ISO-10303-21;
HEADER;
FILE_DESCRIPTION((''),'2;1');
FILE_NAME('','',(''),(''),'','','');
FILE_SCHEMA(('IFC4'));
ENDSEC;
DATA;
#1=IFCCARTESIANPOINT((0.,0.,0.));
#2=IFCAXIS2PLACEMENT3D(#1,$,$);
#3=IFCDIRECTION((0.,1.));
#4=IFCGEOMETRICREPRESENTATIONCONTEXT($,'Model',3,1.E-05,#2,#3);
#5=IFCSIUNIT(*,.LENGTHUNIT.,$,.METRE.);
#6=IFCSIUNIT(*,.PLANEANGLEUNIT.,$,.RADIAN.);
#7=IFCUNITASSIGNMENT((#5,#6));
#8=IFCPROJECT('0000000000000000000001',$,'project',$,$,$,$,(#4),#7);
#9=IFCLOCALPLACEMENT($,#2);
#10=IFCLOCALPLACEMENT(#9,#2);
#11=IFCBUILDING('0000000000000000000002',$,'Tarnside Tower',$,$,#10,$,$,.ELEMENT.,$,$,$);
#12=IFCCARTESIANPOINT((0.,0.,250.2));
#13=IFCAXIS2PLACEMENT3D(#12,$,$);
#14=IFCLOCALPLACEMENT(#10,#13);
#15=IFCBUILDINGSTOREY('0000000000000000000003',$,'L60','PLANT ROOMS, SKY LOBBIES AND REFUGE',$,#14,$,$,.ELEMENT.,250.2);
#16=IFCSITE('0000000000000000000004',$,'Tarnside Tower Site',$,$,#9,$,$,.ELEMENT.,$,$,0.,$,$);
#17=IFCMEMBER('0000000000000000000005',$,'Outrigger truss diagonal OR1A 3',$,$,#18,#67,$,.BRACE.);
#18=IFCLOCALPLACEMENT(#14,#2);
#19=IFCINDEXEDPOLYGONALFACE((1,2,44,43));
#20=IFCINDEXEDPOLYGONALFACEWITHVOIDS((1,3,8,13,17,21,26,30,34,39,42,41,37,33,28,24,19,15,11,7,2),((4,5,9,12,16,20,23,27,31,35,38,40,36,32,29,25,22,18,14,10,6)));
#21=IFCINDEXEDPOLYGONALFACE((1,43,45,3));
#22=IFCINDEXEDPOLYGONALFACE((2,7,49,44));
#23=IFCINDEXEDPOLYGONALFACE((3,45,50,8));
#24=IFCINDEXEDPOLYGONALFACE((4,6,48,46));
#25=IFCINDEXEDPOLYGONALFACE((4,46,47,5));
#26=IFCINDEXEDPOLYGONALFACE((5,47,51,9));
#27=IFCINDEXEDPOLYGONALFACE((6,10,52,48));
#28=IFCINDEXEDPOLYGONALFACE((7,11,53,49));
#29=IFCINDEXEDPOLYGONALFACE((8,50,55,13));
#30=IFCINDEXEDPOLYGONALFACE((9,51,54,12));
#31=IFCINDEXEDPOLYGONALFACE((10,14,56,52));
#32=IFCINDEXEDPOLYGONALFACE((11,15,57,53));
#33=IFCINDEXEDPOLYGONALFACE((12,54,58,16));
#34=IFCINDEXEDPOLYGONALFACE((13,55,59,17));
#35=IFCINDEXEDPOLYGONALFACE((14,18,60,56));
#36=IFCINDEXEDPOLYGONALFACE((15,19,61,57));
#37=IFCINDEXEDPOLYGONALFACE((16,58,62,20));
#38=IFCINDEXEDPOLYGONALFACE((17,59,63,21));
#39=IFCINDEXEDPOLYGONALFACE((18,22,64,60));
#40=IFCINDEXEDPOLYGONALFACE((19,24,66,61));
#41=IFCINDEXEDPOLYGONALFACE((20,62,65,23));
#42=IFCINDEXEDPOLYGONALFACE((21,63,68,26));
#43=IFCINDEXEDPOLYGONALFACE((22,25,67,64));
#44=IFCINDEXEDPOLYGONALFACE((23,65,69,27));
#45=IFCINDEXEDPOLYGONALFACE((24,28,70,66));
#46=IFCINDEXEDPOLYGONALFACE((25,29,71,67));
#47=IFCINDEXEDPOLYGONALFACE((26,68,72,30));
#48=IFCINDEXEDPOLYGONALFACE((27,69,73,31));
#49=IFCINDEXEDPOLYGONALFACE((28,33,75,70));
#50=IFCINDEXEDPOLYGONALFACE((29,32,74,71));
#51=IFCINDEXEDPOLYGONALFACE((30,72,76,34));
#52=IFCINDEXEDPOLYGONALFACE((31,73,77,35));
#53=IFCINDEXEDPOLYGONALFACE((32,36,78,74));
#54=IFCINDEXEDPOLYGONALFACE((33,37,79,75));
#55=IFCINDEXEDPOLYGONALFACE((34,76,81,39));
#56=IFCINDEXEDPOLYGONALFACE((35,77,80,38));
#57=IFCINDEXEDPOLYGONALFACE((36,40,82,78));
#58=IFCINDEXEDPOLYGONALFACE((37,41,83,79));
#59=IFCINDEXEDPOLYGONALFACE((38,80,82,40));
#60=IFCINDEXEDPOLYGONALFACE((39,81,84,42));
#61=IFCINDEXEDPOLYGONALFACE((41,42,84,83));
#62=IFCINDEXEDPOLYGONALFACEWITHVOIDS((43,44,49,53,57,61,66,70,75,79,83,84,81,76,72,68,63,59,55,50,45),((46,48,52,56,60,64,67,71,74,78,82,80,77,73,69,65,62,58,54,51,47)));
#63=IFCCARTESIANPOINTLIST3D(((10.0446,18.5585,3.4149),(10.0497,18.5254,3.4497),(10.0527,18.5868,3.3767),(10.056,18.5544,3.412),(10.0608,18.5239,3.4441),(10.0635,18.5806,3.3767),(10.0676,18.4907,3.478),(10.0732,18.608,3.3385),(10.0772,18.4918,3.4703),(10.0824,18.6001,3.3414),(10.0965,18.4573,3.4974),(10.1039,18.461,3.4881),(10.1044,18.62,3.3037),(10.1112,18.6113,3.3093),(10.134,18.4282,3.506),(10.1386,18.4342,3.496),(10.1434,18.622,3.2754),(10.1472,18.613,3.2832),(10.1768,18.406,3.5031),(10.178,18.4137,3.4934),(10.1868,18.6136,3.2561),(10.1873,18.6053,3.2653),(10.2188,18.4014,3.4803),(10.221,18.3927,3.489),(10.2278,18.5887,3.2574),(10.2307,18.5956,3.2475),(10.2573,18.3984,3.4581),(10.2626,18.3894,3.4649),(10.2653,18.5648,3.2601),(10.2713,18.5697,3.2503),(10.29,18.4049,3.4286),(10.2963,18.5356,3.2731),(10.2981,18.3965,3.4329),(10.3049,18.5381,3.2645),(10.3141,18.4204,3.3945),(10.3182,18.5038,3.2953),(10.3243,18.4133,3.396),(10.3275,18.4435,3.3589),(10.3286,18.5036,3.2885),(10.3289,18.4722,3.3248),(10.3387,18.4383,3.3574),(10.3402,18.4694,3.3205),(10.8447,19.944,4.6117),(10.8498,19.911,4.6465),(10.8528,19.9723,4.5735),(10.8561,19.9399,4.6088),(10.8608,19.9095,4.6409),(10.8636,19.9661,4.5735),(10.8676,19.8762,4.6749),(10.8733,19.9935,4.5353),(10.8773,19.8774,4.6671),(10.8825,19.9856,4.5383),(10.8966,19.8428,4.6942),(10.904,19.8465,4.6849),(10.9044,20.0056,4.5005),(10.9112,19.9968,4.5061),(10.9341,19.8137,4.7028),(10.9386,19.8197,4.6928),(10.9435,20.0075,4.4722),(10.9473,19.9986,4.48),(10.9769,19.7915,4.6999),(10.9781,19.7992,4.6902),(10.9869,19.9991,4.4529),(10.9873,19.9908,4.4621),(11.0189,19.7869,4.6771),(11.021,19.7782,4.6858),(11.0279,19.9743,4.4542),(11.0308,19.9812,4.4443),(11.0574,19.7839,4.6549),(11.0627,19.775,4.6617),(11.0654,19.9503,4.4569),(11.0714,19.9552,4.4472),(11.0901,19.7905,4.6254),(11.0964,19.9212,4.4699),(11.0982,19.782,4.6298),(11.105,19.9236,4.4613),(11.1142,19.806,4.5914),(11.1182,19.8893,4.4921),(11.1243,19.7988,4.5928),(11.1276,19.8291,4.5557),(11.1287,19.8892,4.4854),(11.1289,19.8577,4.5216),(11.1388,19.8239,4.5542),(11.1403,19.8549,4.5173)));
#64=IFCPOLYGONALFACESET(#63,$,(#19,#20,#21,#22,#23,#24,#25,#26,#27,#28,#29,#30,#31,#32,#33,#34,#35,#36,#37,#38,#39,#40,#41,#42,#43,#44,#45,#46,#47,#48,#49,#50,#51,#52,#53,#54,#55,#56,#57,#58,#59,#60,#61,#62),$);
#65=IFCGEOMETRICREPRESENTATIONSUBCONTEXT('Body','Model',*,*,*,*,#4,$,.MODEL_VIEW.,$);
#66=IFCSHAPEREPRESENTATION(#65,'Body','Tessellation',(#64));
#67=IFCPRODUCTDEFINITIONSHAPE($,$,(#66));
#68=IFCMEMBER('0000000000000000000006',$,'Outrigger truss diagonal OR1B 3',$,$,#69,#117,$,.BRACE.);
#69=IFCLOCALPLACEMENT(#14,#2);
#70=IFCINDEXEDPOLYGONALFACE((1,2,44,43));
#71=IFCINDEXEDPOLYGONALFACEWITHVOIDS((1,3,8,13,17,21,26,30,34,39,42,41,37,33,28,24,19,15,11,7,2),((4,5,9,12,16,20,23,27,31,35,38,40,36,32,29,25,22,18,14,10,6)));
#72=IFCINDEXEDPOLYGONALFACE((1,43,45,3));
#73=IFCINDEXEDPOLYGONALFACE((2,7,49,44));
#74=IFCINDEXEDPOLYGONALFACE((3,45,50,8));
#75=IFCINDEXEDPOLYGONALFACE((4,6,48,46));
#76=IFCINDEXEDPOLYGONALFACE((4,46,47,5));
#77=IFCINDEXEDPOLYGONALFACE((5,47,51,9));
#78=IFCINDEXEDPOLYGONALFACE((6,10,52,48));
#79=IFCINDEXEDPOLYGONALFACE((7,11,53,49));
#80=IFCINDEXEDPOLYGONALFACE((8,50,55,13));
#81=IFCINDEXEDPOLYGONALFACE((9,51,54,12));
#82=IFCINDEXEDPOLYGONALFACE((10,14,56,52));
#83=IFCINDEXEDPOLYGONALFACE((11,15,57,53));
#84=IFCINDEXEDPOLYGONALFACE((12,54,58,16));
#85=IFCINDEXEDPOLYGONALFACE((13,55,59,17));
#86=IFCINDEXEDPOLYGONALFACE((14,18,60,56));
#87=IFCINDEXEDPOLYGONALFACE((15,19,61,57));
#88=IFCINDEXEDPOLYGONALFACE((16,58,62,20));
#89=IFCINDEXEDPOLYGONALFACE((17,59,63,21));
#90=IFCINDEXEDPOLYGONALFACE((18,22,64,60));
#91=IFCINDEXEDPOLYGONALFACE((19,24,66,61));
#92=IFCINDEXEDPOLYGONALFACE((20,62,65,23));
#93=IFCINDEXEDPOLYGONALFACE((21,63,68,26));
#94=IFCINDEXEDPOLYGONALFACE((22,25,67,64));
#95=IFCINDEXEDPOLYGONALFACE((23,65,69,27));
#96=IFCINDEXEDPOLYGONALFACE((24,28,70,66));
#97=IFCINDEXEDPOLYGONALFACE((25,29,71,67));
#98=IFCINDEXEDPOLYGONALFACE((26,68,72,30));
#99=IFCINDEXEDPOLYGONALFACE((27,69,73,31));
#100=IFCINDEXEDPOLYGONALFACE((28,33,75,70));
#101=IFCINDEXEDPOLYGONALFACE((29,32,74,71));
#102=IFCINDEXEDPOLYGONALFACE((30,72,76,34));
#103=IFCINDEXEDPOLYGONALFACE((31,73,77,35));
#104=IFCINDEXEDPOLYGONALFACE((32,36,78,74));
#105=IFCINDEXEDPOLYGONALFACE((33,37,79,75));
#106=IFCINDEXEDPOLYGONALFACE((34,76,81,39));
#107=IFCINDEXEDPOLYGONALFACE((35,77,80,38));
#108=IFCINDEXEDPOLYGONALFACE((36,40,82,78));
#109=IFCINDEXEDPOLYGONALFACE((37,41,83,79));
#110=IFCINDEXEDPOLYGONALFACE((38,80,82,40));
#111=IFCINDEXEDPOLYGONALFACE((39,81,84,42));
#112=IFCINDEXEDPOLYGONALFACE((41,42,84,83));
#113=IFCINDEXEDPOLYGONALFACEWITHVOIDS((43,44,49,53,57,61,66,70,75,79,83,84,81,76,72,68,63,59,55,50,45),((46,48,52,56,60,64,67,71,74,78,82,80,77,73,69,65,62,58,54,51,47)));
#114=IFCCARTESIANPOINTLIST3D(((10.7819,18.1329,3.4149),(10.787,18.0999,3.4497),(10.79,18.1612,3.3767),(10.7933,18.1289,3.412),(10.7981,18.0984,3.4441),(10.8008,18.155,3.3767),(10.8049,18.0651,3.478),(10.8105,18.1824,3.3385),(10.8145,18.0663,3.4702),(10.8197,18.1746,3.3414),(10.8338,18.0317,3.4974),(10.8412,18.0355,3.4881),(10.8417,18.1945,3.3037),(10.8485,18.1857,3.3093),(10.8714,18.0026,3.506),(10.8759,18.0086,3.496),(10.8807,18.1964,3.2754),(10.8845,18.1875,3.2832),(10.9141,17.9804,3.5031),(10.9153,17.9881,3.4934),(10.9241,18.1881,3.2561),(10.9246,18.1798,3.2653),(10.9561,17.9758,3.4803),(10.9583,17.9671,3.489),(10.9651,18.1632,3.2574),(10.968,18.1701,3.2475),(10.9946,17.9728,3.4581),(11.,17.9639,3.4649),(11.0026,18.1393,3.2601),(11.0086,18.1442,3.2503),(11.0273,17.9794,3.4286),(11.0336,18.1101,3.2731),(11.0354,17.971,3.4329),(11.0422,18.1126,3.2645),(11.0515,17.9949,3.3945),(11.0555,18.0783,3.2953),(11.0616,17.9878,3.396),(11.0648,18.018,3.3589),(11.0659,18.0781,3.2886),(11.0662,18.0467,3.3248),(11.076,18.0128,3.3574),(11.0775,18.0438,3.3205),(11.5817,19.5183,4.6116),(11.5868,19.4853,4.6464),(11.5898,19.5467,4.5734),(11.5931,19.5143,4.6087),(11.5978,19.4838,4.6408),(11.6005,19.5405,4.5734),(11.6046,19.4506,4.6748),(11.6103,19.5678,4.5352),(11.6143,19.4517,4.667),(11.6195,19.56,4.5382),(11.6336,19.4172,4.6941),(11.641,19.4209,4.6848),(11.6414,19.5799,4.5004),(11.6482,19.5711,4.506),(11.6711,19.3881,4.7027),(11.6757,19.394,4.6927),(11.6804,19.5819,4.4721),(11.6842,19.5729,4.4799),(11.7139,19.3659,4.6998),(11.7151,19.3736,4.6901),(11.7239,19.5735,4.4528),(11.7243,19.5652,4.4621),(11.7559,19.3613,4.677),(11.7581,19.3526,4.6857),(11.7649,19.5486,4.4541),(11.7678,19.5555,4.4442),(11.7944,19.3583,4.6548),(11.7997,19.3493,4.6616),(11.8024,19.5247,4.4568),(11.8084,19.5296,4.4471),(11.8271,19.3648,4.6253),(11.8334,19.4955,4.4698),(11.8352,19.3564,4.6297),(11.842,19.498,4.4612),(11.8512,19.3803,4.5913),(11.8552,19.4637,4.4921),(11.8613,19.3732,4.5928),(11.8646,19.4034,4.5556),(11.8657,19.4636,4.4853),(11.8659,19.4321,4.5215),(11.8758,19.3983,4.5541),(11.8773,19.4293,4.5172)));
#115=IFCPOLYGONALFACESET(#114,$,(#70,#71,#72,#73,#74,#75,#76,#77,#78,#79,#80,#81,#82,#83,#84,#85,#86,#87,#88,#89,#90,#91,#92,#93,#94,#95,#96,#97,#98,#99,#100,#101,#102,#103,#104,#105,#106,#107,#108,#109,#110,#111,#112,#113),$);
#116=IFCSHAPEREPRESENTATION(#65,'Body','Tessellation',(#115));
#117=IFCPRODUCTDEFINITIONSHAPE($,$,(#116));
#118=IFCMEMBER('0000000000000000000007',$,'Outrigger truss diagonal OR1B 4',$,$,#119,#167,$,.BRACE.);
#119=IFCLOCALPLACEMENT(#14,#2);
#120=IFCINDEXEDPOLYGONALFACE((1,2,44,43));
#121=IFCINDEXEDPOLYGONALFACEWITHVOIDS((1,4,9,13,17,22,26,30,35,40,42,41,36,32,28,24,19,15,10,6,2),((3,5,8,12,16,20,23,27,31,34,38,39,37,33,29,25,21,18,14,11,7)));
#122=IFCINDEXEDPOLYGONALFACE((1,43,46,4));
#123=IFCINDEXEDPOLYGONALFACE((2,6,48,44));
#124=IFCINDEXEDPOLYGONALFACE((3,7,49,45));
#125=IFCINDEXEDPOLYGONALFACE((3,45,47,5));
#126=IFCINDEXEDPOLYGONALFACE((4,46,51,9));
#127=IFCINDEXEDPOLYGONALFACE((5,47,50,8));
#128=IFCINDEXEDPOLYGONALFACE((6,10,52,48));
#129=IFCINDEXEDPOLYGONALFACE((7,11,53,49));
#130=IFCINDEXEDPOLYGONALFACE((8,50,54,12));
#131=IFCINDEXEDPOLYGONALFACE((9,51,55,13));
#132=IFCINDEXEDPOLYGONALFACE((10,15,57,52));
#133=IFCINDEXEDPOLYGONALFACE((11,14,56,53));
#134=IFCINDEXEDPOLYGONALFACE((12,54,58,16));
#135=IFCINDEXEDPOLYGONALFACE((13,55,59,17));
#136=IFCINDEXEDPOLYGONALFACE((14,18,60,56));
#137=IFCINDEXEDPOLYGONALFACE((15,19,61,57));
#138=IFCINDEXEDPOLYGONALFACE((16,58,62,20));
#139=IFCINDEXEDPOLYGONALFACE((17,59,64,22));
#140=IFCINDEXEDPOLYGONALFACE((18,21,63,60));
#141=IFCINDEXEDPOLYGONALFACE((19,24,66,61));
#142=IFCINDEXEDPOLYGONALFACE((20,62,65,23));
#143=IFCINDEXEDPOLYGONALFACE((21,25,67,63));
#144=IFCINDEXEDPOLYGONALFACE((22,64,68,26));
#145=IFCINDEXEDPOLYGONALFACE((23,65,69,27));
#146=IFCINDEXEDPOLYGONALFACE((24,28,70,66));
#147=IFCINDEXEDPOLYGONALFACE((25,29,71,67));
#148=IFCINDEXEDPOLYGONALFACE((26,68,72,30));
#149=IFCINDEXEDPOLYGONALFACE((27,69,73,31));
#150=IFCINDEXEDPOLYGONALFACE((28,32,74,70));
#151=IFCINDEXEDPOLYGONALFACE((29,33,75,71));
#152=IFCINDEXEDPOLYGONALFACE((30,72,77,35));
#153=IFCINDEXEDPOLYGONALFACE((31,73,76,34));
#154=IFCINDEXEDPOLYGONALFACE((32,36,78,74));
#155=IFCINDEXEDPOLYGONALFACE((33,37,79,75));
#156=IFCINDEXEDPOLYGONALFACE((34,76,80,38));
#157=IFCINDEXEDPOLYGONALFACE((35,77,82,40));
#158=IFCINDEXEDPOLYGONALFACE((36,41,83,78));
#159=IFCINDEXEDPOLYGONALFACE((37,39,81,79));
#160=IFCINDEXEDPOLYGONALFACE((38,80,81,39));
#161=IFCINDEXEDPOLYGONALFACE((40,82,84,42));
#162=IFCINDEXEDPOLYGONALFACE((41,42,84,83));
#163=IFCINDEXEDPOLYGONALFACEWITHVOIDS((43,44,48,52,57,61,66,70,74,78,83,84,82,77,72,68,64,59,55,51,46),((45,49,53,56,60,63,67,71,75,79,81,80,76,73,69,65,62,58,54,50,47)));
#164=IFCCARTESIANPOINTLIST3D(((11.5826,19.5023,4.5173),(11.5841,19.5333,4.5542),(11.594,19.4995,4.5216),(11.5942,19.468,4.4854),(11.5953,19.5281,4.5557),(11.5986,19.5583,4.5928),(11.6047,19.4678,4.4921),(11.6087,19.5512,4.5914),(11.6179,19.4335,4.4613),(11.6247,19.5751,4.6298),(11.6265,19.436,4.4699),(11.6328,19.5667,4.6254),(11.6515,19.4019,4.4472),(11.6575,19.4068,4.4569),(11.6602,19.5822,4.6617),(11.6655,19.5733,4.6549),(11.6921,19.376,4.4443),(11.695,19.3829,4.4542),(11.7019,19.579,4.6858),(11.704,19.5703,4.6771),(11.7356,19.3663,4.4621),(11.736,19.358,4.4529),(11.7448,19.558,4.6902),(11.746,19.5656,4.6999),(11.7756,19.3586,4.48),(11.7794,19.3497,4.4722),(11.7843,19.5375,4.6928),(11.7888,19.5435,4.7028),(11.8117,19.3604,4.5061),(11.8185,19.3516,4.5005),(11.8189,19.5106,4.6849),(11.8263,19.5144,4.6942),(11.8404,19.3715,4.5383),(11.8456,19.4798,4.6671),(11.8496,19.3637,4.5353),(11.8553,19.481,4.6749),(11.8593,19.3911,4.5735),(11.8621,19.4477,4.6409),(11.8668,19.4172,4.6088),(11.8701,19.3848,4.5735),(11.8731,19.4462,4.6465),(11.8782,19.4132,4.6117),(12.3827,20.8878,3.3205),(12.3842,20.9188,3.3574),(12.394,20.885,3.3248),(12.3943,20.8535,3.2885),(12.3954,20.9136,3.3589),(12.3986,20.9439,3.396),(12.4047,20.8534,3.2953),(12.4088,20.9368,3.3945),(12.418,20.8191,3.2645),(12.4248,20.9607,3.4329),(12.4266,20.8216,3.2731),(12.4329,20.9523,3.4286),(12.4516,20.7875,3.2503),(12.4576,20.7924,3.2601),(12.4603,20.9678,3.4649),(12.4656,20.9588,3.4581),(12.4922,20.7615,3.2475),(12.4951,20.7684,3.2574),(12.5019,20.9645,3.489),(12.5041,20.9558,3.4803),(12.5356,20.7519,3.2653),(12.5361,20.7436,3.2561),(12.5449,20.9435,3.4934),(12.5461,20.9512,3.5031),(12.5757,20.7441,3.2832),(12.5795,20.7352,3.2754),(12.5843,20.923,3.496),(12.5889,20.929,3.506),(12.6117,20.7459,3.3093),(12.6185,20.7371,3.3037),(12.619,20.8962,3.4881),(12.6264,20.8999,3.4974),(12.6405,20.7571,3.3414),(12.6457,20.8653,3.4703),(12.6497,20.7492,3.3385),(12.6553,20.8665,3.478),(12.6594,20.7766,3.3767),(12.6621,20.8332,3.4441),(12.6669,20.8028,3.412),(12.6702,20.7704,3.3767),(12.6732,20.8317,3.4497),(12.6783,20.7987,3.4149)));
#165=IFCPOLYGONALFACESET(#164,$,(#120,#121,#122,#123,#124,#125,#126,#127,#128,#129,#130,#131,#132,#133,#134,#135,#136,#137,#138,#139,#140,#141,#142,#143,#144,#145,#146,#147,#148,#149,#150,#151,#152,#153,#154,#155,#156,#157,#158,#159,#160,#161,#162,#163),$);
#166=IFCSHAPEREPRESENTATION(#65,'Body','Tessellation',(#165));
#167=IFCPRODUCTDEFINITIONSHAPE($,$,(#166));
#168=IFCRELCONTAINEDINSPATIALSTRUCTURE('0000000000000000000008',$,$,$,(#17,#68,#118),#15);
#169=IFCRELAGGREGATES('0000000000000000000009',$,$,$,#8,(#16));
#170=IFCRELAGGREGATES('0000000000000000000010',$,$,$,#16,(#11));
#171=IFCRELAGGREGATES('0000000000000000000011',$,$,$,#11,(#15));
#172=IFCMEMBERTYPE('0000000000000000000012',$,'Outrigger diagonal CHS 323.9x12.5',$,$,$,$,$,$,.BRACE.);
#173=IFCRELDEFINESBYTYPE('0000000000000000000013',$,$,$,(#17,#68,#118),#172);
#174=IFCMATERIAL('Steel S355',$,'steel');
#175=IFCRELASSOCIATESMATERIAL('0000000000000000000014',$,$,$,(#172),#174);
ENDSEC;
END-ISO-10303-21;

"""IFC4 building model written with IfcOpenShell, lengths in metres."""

from ifc_helpers import new_model, si_unit, direction, frame, origin, origin_2d, place, context, subcontext, project, spatial, hollow_circle, extrude, material, material_profile, profile_set, type_object, element, save


model = new_model("IFC4")

# Units and contexts
model_context = context("Model", 3, precision=1e-05, world=origin(), true_north=direction((0.0, 1.0)))
body_context = subcontext(model_context, "Body", "Model", "MODEL_VIEW")
ifc_project = project(units=[si_unit("LENGTHUNIT", "METRE"), si_unit("PLANEANGLEUNIT", "RADIAN")], contexts=[model_context])

# Site, building, storey
site_placement = place(None, origin())
site = spatial("IfcSite", under=ifc_project, at=site_placement, Name="Tarnside Tower Site", CompositionType="ELEMENT", RefElevation=0.0)
building_placement = place(site_placement, origin())
building = spatial("IfcBuilding", under=site, at=building_placement, Name="Tarnside Tower", CompositionType="ELEMENT")
storey_placement = place(building_placement, frame((0.0, 0.0, 250.2)))
storey = spatial("IfcBuildingStorey", under=building, at=storey_placement, Name="L60", Description="PLANT ROOMS, SKY LOBBIES AND REFUGE", CompositionType="ELEMENT", Elevation=250.2)

# Members
ifc_material_1 = material(Name="Steel S355", Category="steel")
ifc_material_profile_1 = material_profile(ifc_material_1, hollow_circle(Radius=0.1619, WallThickness=0.0125, at=origin_2d()), Name="CHS 323.9x12.5")
ifc_profile_set_1 = profile_set([ifc_material_profile_1], Name="Steel S355")
member_type_1 = type_object("IfcMemberType", Name="Outrigger diagonal CHS 323.9x12.5", PredefinedType="BRACE", material=ifc_profile_set_1)
member_1_placement = place(storey_placement, frame((10.1929, 18.5059, 3.3767), z_axis=(0.400427, 0.693446, 0.598991), x_axis=(-0.86599, 0.500061, 0.0)))
element("IfcMember", 1, at=member_1_placement, inside=storey, type_object=member_type_1, Name="Outrigger truss diagonal OR1A 3", PredefinedType="BRACE", context=body_context, shape_type="SweptSolid", body=[
    extrude(hollow_circle(Radius=0.1619, WallThickness=0.0125, at=origin_2d()), origin(), (0.0, 0.0, 1.0), 1.998),
])
member_2_placement = place(storey_placement, frame((10.9302, 18.0803, 3.3767), z_axis=(0.400324, 0.69348, 0.59902), x_axis=(-0.866056, 0.499947, 0.0)))
element("IfcMember", 2, at=member_2_placement, inside=storey, type_object=member_type_1, Name="Outrigger truss diagonal OR1B 3", PredefinedType="BRACE", context=body_context, shape_type="SweptSolid", body=[
    extrude(hollow_circle(Radius=0.1619, WallThickness=0.0125, at=origin_2d()), origin(), (0.0, 0.0, 1.0), 1.9978),
])
member_3_placement = place(storey_placement, frame((12.53, 20.8513, 3.3767), z_axis=(-0.400427, -0.693446, 0.598991), x_axis=(0.86599, -0.500061, 0.0)))
element("IfcMember", 3, at=member_3_placement, inside=storey, type_object=member_type_1, Name="Outrigger truss diagonal OR1B 4", PredefinedType="BRACE", context=body_context, shape_type="SweptSolid", body=[
    extrude(hollow_circle(Radius=0.1619, WallThickness=0.0125, at=origin_2d()), origin(), (0.0, 0.0, 1.0), 1.998),
])

save(model, "model.ifc")
